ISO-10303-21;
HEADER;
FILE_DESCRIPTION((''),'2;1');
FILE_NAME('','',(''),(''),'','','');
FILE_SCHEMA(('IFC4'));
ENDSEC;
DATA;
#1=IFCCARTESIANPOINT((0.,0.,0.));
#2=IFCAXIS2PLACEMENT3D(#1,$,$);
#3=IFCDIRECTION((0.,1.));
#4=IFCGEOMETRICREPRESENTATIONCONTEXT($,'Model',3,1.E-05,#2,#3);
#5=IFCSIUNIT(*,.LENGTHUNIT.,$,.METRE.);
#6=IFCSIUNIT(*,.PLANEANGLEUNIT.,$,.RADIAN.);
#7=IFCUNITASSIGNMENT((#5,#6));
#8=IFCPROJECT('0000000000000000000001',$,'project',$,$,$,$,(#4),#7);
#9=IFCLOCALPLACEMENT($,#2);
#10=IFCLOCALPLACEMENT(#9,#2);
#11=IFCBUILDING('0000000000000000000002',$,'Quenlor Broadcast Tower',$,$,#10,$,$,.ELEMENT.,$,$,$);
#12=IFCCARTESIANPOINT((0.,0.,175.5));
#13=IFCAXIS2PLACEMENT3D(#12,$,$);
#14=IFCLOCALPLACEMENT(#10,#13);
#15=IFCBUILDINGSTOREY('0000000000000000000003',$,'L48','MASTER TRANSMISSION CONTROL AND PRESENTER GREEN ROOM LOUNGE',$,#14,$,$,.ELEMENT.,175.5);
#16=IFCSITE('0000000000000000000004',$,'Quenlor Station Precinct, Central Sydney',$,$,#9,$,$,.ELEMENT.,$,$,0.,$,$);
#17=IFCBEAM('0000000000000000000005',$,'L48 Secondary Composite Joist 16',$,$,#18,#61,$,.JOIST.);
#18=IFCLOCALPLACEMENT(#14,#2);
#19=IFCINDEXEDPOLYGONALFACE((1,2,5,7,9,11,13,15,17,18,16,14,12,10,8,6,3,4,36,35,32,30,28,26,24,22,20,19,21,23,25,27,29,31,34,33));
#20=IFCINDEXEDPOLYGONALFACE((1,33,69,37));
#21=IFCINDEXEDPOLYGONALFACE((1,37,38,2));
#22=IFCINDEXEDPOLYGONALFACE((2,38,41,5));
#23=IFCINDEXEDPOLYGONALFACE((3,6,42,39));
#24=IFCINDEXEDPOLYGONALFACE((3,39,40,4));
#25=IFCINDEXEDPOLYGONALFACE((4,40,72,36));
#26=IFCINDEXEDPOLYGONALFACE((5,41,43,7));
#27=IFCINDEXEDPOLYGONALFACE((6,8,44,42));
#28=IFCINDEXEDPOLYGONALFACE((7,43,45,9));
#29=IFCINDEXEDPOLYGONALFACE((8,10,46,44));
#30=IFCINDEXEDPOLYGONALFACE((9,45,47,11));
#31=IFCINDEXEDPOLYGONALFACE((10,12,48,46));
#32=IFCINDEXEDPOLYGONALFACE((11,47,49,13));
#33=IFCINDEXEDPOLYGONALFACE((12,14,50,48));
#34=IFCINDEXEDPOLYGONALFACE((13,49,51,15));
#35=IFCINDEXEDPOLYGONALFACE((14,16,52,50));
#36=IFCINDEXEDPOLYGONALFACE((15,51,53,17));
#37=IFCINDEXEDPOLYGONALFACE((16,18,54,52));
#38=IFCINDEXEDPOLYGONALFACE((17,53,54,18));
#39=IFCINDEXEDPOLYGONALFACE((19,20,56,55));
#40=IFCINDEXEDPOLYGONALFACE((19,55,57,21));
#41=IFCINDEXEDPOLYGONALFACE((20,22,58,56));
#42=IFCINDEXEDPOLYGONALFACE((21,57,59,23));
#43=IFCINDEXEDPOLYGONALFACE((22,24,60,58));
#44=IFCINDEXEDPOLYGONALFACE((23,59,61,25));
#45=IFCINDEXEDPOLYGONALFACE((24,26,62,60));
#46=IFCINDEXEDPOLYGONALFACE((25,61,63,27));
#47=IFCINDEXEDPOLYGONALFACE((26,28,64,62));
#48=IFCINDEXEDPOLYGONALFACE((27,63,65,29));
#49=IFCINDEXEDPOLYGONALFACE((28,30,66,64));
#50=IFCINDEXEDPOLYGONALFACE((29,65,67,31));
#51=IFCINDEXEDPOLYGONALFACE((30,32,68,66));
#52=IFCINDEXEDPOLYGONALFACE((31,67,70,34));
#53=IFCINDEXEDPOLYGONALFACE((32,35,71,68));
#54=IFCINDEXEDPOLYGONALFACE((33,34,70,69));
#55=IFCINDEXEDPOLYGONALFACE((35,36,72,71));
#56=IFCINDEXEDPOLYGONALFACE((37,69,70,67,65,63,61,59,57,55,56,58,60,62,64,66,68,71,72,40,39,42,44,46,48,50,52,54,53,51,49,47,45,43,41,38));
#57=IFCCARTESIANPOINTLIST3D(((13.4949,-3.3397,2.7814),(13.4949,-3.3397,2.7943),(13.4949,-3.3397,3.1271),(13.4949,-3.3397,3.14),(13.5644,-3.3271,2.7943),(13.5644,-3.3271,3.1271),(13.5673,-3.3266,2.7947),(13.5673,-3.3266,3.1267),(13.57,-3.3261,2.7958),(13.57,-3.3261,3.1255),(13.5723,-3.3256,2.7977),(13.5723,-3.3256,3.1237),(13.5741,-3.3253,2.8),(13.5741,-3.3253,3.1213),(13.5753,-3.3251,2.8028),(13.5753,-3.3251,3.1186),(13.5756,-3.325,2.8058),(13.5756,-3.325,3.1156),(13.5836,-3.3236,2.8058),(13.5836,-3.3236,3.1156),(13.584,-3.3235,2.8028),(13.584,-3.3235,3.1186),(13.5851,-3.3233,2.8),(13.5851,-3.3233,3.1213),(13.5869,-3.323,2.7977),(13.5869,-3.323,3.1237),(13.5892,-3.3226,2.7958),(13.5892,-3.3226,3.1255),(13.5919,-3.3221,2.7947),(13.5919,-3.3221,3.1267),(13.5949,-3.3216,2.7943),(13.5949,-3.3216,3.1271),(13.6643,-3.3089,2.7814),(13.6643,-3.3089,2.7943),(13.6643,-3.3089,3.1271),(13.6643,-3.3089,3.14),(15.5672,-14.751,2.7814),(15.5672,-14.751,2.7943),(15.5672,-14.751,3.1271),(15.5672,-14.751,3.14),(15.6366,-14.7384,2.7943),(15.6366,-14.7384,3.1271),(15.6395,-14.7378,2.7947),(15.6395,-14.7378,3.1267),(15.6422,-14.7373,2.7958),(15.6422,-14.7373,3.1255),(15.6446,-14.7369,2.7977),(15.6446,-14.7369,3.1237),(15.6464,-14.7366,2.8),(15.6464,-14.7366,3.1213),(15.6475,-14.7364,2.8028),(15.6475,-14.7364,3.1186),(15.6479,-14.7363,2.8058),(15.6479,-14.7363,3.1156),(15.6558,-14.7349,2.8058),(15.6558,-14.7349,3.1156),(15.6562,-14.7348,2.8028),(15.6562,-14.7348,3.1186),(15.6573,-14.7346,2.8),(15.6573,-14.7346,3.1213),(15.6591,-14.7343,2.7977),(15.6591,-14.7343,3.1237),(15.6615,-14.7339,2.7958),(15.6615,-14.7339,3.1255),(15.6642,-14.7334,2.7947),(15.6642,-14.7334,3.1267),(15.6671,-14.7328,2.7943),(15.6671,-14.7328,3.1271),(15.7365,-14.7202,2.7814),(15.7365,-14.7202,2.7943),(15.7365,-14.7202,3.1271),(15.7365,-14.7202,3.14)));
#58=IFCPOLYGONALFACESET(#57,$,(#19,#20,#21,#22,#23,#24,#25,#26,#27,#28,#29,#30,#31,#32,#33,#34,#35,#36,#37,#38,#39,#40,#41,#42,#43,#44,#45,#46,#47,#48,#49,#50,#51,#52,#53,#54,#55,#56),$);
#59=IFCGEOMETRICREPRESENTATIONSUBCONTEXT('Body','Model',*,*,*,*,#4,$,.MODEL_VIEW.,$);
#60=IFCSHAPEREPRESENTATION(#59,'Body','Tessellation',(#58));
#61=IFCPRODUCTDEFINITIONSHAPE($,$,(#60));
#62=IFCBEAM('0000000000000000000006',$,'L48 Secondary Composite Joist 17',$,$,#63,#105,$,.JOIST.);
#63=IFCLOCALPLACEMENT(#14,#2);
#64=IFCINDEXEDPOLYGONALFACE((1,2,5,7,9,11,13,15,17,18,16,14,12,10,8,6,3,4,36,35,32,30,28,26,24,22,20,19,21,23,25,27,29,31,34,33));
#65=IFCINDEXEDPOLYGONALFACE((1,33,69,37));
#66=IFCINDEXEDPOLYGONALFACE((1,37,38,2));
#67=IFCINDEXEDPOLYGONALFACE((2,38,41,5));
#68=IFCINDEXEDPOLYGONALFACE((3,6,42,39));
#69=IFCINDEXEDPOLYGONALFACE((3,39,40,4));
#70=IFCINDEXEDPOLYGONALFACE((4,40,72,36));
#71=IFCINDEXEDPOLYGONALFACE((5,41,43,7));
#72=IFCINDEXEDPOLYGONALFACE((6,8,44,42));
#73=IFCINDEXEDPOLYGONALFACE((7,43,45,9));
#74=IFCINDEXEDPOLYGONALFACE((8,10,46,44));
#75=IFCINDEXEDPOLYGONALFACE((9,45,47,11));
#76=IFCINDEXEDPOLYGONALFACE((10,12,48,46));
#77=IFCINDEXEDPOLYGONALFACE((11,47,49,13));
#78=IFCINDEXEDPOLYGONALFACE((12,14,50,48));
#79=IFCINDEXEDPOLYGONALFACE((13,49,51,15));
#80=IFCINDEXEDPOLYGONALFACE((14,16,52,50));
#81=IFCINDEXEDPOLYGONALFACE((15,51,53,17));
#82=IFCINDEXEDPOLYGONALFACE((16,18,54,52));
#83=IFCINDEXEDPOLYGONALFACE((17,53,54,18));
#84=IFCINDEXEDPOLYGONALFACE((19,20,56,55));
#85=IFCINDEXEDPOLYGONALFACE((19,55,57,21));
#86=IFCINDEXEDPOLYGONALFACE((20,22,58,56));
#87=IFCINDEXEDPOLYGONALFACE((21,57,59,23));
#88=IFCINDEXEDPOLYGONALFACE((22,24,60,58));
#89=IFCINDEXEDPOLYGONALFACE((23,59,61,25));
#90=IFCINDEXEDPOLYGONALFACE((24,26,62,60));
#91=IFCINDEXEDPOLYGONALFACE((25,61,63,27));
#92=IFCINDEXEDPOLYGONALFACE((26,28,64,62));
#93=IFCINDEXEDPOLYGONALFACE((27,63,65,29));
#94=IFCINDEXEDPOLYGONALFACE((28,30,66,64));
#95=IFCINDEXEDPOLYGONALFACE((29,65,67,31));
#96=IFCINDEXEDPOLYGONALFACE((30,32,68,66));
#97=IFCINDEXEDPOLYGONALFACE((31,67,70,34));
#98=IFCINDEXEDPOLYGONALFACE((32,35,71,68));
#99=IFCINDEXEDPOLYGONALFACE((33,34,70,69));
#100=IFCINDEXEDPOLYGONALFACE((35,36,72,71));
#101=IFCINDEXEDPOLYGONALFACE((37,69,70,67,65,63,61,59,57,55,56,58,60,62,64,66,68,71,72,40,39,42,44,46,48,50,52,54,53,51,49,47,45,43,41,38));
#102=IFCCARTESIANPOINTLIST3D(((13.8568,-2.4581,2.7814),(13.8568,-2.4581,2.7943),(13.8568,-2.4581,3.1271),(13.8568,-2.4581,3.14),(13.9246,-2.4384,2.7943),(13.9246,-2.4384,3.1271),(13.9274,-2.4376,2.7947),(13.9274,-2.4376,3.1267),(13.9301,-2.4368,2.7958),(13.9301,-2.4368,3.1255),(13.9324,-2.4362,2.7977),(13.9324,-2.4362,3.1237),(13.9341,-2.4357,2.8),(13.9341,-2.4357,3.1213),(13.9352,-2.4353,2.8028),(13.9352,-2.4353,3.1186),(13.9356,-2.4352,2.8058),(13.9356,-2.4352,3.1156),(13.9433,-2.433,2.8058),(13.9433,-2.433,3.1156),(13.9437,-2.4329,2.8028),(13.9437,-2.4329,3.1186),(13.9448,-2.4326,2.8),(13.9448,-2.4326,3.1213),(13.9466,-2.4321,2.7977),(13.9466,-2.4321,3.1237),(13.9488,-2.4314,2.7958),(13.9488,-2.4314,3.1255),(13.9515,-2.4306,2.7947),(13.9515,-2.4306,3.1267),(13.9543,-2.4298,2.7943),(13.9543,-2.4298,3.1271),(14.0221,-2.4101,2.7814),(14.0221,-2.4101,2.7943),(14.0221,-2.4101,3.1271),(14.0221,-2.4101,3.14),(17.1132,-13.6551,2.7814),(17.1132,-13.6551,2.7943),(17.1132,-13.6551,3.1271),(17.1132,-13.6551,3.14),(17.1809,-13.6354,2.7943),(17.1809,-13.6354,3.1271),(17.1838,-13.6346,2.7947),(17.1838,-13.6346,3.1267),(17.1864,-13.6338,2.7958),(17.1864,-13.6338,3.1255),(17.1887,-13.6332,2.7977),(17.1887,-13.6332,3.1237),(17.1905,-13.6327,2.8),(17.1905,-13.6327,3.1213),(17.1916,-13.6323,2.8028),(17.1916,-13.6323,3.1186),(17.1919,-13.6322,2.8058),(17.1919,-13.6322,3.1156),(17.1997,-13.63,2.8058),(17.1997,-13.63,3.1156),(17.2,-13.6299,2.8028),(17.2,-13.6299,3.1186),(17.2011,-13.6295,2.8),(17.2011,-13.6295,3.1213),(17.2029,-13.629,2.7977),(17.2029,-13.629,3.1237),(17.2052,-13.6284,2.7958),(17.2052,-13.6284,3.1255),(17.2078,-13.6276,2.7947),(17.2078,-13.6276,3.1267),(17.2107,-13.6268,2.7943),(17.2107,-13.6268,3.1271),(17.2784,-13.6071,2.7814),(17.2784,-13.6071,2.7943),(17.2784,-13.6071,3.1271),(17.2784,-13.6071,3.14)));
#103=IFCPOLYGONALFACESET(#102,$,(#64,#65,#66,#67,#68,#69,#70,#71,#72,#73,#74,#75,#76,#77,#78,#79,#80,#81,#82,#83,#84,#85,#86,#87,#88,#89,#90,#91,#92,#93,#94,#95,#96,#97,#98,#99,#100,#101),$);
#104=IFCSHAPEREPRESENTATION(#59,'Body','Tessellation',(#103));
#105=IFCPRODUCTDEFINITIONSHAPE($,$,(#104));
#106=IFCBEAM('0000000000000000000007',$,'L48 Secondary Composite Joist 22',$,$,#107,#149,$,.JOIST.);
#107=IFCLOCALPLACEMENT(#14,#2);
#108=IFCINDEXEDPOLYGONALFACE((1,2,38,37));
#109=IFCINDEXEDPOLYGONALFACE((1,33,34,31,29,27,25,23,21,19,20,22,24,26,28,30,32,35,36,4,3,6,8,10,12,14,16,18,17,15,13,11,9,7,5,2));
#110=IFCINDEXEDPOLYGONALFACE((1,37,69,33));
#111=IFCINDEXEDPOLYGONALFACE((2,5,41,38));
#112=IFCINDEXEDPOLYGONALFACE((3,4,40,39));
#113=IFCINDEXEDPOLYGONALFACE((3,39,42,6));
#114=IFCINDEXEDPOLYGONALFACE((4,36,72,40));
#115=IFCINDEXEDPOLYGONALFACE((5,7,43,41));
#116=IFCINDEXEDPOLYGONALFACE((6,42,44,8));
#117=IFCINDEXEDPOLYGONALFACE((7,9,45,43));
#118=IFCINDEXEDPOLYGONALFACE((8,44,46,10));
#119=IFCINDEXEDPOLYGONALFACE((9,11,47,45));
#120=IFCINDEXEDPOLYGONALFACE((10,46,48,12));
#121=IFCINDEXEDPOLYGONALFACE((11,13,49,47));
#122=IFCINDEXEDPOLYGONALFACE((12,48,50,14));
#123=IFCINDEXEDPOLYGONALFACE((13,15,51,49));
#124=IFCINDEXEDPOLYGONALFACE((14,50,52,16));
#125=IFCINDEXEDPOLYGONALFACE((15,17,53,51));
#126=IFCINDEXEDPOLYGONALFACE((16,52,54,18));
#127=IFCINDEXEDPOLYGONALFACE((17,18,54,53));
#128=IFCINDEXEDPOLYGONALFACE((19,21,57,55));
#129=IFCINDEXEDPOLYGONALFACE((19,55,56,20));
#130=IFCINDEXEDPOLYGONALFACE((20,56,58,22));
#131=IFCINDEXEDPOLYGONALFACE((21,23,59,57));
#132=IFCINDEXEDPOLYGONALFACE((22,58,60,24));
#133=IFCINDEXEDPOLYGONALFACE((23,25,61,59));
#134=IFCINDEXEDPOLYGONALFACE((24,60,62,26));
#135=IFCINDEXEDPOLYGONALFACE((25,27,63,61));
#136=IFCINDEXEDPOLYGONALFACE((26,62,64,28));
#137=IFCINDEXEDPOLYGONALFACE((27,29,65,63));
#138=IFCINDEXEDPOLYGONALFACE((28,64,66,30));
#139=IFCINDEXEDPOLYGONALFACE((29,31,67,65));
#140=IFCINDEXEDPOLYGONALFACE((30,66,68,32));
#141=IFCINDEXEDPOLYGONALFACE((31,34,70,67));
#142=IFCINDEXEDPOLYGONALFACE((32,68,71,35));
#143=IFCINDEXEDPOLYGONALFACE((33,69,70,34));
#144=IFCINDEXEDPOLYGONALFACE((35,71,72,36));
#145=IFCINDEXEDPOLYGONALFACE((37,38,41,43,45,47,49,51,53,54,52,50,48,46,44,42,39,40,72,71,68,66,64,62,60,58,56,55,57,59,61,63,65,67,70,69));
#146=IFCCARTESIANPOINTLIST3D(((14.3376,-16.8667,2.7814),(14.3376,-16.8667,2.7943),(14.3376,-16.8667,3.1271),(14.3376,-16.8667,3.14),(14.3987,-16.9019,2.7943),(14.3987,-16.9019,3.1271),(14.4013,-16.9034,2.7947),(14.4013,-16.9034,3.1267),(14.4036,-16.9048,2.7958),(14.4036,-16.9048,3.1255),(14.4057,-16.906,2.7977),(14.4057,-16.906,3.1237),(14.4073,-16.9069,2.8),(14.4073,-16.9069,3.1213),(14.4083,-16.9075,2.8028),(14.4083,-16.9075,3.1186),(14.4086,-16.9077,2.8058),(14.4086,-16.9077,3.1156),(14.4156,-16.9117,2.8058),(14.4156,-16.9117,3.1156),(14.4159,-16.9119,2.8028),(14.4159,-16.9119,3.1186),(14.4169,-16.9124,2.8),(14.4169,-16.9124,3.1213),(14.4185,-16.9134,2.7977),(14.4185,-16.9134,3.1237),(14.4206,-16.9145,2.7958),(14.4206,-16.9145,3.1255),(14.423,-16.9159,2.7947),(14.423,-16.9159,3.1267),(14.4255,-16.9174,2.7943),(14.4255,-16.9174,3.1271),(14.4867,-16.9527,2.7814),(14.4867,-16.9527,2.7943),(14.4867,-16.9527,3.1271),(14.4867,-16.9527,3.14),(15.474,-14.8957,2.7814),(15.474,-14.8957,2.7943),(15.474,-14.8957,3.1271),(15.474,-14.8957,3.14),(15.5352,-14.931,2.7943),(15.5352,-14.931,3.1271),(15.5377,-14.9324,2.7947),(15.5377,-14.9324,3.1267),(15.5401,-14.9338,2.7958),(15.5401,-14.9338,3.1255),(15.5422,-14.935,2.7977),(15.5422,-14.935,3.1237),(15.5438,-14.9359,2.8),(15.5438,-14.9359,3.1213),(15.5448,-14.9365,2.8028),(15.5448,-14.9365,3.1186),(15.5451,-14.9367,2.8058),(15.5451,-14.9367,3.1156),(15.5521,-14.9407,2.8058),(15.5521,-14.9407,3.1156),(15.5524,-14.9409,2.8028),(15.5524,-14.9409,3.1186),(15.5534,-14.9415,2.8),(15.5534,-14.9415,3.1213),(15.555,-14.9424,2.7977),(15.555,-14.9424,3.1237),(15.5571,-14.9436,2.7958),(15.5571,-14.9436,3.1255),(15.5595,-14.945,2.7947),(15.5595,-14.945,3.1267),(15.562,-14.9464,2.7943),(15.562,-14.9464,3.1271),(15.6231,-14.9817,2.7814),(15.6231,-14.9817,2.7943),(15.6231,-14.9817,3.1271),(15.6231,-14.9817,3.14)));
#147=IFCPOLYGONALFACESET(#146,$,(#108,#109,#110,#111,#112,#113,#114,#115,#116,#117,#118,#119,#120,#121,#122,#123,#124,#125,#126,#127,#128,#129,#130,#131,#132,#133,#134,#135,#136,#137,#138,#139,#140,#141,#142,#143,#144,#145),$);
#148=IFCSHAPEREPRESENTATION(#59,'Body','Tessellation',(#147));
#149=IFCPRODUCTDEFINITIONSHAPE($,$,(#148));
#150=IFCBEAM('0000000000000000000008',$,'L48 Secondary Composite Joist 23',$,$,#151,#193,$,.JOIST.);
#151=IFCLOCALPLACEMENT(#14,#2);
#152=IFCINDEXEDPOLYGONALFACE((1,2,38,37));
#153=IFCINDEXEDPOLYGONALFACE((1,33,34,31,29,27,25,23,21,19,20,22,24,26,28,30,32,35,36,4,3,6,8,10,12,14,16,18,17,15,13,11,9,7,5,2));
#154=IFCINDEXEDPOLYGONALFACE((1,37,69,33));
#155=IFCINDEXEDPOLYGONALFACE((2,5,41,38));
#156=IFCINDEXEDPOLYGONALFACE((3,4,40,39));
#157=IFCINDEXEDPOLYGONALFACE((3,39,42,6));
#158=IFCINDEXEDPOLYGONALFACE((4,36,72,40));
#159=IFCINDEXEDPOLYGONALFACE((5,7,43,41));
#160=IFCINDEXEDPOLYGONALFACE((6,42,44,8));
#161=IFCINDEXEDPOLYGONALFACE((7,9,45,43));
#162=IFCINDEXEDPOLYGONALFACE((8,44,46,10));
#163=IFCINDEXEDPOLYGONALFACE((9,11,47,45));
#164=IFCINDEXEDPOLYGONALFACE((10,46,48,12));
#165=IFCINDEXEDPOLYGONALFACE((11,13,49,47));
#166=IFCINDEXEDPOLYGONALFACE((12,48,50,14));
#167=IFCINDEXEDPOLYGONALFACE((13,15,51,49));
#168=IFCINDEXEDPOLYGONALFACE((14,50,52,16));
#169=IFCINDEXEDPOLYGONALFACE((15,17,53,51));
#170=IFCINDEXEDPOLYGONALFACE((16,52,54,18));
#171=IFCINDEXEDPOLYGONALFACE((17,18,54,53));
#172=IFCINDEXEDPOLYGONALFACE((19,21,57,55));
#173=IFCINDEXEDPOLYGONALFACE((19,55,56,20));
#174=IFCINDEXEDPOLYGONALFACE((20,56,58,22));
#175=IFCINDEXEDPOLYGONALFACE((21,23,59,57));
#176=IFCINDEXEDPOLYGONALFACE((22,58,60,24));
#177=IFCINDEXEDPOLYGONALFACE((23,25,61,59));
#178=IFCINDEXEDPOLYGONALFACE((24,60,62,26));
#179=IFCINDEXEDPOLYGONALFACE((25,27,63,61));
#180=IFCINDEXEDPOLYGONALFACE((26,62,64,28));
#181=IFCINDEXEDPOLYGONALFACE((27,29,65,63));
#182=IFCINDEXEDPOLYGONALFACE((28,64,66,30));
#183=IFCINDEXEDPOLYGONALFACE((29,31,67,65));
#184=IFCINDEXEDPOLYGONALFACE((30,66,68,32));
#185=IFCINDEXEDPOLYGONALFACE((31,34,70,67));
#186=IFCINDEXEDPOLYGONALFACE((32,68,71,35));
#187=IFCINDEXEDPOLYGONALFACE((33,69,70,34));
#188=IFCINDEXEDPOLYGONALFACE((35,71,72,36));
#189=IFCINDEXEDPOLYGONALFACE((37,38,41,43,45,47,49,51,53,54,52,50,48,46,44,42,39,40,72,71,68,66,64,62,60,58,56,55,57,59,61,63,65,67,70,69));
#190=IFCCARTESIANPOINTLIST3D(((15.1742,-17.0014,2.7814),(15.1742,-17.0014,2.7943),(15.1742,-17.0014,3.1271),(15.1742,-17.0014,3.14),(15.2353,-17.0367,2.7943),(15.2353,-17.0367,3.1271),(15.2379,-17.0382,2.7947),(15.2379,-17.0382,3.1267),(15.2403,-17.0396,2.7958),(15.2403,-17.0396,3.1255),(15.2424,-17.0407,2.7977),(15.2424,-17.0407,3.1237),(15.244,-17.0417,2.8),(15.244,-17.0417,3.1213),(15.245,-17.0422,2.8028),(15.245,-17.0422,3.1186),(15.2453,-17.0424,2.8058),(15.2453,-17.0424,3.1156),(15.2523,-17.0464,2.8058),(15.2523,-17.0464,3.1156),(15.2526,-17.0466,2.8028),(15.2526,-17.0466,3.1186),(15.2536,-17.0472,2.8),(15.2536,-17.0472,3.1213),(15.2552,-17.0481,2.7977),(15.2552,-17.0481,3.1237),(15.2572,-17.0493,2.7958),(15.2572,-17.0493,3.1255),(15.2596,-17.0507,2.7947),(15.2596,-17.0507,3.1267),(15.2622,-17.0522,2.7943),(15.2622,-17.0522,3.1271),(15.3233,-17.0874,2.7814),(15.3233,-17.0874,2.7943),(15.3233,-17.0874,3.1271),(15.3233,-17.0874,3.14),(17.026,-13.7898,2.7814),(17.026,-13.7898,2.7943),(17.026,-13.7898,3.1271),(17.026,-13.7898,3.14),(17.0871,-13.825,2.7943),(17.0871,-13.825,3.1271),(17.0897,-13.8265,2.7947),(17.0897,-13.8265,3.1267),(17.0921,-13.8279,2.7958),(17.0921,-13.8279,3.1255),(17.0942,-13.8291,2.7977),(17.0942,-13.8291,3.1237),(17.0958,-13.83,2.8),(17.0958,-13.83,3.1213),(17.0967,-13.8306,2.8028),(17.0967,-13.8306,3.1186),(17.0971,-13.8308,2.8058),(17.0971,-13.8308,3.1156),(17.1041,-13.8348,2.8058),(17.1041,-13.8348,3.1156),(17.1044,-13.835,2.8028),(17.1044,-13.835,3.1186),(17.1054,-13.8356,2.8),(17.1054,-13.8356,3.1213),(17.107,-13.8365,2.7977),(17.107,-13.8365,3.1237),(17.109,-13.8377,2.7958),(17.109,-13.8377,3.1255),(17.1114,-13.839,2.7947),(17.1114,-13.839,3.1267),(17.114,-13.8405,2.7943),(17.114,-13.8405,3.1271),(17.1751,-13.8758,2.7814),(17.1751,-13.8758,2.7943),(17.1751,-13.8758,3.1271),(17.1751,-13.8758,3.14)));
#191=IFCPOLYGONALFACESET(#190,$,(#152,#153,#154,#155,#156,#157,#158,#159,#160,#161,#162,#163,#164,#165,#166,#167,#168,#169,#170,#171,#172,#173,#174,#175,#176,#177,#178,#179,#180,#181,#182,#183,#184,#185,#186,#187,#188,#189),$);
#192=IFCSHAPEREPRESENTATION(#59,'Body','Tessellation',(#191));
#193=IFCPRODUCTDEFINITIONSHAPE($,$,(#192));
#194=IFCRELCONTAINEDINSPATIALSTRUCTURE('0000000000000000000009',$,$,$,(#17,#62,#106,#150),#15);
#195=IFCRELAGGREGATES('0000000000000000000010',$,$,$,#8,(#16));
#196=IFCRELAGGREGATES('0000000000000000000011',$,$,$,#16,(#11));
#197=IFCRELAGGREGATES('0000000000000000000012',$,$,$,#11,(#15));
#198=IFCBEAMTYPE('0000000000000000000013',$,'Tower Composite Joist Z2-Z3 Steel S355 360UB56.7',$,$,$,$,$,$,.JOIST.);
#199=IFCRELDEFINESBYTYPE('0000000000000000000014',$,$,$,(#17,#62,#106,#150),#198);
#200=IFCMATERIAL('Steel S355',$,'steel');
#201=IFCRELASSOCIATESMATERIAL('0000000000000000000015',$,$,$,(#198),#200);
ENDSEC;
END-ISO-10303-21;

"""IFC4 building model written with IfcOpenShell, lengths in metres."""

from ifc_helpers import new_model, si_unit, direction, frame, origin, origin_2d, place, context, subcontext, project, spatial, i_section, extrude, material, material_profile, profile_set, type_object, element, save


model = new_model("IFC4")

# Units and contexts
model_context = context("Model", 3, precision=1e-05, world=origin(), true_north=direction((0.0, 1.0)))
body_context = subcontext(model_context, "Body", "Model", "MODEL_VIEW")
ifc_project = project(units=[si_unit("LENGTHUNIT", "METRE"), si_unit("PLANEANGLEUNIT", "RADIAN")], contexts=[model_context])

# Site, building, storey
site_placement = place(None, origin())
site = spatial("IfcSite", under=ifc_project, at=site_placement, Name="Quenlor Station Precinct, Central Sydney", CompositionType="ELEMENT", RefElevation=0.0)
building_placement = place(site_placement, origin())
building = spatial("IfcBuilding", under=site, at=building_placement, Name="Quenlor Broadcast Tower", CompositionType="ELEMENT")
storey_placement = place(building_placement, frame((0.0, 0.0, 175.5)))
storey = spatial("IfcBuildingStorey", under=building, at=storey_placement, Name="L48", Description="MASTER TRANSMISSION CONTROL AND PRESENTER GREEN ROOM LOUNGE", CompositionType="ELEMENT", Elevation=175.5)

# Beams
ifc_material_1 = material(Name="Steel S355", Category="steel")
ifc_material_profile_1 = material_profile(ifc_material_1, i_section(OverallWidth=0.1721, OverallDepth=0.3586, WebThickness=0.0081, FlangeThickness=0.0129, FilletRadius=0.0115, at=origin_2d()))
ifc_profile_set_1 = profile_set([ifc_material_profile_1], Name="Steel S355 360UB56.7")
beam_type_1 = type_object("IfcBeamType", Name="Tower Composite Joist Z2-Z3 Steel S355 360UB56.7", PredefinedType="JOIST", material=ifc_profile_set_1)
beam_1_placement = place(storey_placement, frame((15.6519, -14.7356, 2.9607), z_axis=(-0.178674, 0.983908, 0.0), x_axis=(-0.983908, -0.178674, 0.0)))
element("IfcBeam", 1, at=beam_1_placement, inside=storey, type_object=beam_type_1, Name="L48 Secondary Composite Joist 16", PredefinedType="JOIST", context=body_context, shape_type="SweptSolid", body=[
    extrude(i_section(OverallWidth=0.1721, OverallDepth=0.3586, WebThickness=0.0081, FlangeThickness=0.0129, FilletRadius=0.0115, at=origin_2d()), origin(), (0.0, 0.0, 1.0), 11.5979),
])
beam_2_placement = place(storey_placement, frame((17.1958, -13.6311, 2.9607), z_axis=(-0.279253, 0.960218, 0.0), x_axis=(-0.960218, -0.279253, 0.0)))
element("IfcBeam", 2, at=beam_2_placement, inside=storey, type_object=beam_type_1, Name="L48 Secondary Composite Joist 17", PredefinedType="JOIST", context=body_context, shape_type="SweptSolid", body=[
    extrude(i_section(OverallWidth=0.1721, OverallDepth=0.3586, WebThickness=0.0081, FlangeThickness=0.0129, FilletRadius=0.0115, at=origin_2d()), origin(), (0.0, 0.0, 1.0), 11.6609),
])
beam_3_placement = place(storey_placement, frame((14.4121, -16.9097, 2.9607), z_axis=(0.499521, 0.866302, 0.0), x_axis=(-0.866302, 0.499521, 0.0)))
element("IfcBeam", 3, at=beam_3_placement, inside=storey, type_object=beam_type_1, Name="L48 Secondary Composite Joist 22", PredefinedType="JOIST", context=body_context, shape_type="SweptSolid", body=[
    extrude(i_section(OverallWidth=0.1721, OverallDepth=0.3586, WebThickness=0.0081, FlangeThickness=0.0129, FilletRadius=0.0115, at=origin_2d()), origin(), (0.0, 0.0, 1.0), 2.2751),
])
beam_4_placement = place(storey_placement, frame((15.2488, -17.0444, 2.9607), z_axis=(0.499504, 0.866312, 0.0), x_axis=(-0.866312, 0.499504, 0.0)))
element("IfcBeam", 4, at=beam_4_placement, inside=storey, type_object=beam_type_1, Name="L48 Secondary Composite Joist 23", PredefinedType="JOIST", context=body_context, shape_type="SweptSolid", body=[
    extrude(i_section(OverallWidth=0.1721, OverallDepth=0.3586, WebThickness=0.0081, FlangeThickness=0.0129, FilletRadius=0.0115, at=origin_2d()), origin(), (0.0, 0.0, 1.0), 3.7073),
])

save(model, "model.ifc")
